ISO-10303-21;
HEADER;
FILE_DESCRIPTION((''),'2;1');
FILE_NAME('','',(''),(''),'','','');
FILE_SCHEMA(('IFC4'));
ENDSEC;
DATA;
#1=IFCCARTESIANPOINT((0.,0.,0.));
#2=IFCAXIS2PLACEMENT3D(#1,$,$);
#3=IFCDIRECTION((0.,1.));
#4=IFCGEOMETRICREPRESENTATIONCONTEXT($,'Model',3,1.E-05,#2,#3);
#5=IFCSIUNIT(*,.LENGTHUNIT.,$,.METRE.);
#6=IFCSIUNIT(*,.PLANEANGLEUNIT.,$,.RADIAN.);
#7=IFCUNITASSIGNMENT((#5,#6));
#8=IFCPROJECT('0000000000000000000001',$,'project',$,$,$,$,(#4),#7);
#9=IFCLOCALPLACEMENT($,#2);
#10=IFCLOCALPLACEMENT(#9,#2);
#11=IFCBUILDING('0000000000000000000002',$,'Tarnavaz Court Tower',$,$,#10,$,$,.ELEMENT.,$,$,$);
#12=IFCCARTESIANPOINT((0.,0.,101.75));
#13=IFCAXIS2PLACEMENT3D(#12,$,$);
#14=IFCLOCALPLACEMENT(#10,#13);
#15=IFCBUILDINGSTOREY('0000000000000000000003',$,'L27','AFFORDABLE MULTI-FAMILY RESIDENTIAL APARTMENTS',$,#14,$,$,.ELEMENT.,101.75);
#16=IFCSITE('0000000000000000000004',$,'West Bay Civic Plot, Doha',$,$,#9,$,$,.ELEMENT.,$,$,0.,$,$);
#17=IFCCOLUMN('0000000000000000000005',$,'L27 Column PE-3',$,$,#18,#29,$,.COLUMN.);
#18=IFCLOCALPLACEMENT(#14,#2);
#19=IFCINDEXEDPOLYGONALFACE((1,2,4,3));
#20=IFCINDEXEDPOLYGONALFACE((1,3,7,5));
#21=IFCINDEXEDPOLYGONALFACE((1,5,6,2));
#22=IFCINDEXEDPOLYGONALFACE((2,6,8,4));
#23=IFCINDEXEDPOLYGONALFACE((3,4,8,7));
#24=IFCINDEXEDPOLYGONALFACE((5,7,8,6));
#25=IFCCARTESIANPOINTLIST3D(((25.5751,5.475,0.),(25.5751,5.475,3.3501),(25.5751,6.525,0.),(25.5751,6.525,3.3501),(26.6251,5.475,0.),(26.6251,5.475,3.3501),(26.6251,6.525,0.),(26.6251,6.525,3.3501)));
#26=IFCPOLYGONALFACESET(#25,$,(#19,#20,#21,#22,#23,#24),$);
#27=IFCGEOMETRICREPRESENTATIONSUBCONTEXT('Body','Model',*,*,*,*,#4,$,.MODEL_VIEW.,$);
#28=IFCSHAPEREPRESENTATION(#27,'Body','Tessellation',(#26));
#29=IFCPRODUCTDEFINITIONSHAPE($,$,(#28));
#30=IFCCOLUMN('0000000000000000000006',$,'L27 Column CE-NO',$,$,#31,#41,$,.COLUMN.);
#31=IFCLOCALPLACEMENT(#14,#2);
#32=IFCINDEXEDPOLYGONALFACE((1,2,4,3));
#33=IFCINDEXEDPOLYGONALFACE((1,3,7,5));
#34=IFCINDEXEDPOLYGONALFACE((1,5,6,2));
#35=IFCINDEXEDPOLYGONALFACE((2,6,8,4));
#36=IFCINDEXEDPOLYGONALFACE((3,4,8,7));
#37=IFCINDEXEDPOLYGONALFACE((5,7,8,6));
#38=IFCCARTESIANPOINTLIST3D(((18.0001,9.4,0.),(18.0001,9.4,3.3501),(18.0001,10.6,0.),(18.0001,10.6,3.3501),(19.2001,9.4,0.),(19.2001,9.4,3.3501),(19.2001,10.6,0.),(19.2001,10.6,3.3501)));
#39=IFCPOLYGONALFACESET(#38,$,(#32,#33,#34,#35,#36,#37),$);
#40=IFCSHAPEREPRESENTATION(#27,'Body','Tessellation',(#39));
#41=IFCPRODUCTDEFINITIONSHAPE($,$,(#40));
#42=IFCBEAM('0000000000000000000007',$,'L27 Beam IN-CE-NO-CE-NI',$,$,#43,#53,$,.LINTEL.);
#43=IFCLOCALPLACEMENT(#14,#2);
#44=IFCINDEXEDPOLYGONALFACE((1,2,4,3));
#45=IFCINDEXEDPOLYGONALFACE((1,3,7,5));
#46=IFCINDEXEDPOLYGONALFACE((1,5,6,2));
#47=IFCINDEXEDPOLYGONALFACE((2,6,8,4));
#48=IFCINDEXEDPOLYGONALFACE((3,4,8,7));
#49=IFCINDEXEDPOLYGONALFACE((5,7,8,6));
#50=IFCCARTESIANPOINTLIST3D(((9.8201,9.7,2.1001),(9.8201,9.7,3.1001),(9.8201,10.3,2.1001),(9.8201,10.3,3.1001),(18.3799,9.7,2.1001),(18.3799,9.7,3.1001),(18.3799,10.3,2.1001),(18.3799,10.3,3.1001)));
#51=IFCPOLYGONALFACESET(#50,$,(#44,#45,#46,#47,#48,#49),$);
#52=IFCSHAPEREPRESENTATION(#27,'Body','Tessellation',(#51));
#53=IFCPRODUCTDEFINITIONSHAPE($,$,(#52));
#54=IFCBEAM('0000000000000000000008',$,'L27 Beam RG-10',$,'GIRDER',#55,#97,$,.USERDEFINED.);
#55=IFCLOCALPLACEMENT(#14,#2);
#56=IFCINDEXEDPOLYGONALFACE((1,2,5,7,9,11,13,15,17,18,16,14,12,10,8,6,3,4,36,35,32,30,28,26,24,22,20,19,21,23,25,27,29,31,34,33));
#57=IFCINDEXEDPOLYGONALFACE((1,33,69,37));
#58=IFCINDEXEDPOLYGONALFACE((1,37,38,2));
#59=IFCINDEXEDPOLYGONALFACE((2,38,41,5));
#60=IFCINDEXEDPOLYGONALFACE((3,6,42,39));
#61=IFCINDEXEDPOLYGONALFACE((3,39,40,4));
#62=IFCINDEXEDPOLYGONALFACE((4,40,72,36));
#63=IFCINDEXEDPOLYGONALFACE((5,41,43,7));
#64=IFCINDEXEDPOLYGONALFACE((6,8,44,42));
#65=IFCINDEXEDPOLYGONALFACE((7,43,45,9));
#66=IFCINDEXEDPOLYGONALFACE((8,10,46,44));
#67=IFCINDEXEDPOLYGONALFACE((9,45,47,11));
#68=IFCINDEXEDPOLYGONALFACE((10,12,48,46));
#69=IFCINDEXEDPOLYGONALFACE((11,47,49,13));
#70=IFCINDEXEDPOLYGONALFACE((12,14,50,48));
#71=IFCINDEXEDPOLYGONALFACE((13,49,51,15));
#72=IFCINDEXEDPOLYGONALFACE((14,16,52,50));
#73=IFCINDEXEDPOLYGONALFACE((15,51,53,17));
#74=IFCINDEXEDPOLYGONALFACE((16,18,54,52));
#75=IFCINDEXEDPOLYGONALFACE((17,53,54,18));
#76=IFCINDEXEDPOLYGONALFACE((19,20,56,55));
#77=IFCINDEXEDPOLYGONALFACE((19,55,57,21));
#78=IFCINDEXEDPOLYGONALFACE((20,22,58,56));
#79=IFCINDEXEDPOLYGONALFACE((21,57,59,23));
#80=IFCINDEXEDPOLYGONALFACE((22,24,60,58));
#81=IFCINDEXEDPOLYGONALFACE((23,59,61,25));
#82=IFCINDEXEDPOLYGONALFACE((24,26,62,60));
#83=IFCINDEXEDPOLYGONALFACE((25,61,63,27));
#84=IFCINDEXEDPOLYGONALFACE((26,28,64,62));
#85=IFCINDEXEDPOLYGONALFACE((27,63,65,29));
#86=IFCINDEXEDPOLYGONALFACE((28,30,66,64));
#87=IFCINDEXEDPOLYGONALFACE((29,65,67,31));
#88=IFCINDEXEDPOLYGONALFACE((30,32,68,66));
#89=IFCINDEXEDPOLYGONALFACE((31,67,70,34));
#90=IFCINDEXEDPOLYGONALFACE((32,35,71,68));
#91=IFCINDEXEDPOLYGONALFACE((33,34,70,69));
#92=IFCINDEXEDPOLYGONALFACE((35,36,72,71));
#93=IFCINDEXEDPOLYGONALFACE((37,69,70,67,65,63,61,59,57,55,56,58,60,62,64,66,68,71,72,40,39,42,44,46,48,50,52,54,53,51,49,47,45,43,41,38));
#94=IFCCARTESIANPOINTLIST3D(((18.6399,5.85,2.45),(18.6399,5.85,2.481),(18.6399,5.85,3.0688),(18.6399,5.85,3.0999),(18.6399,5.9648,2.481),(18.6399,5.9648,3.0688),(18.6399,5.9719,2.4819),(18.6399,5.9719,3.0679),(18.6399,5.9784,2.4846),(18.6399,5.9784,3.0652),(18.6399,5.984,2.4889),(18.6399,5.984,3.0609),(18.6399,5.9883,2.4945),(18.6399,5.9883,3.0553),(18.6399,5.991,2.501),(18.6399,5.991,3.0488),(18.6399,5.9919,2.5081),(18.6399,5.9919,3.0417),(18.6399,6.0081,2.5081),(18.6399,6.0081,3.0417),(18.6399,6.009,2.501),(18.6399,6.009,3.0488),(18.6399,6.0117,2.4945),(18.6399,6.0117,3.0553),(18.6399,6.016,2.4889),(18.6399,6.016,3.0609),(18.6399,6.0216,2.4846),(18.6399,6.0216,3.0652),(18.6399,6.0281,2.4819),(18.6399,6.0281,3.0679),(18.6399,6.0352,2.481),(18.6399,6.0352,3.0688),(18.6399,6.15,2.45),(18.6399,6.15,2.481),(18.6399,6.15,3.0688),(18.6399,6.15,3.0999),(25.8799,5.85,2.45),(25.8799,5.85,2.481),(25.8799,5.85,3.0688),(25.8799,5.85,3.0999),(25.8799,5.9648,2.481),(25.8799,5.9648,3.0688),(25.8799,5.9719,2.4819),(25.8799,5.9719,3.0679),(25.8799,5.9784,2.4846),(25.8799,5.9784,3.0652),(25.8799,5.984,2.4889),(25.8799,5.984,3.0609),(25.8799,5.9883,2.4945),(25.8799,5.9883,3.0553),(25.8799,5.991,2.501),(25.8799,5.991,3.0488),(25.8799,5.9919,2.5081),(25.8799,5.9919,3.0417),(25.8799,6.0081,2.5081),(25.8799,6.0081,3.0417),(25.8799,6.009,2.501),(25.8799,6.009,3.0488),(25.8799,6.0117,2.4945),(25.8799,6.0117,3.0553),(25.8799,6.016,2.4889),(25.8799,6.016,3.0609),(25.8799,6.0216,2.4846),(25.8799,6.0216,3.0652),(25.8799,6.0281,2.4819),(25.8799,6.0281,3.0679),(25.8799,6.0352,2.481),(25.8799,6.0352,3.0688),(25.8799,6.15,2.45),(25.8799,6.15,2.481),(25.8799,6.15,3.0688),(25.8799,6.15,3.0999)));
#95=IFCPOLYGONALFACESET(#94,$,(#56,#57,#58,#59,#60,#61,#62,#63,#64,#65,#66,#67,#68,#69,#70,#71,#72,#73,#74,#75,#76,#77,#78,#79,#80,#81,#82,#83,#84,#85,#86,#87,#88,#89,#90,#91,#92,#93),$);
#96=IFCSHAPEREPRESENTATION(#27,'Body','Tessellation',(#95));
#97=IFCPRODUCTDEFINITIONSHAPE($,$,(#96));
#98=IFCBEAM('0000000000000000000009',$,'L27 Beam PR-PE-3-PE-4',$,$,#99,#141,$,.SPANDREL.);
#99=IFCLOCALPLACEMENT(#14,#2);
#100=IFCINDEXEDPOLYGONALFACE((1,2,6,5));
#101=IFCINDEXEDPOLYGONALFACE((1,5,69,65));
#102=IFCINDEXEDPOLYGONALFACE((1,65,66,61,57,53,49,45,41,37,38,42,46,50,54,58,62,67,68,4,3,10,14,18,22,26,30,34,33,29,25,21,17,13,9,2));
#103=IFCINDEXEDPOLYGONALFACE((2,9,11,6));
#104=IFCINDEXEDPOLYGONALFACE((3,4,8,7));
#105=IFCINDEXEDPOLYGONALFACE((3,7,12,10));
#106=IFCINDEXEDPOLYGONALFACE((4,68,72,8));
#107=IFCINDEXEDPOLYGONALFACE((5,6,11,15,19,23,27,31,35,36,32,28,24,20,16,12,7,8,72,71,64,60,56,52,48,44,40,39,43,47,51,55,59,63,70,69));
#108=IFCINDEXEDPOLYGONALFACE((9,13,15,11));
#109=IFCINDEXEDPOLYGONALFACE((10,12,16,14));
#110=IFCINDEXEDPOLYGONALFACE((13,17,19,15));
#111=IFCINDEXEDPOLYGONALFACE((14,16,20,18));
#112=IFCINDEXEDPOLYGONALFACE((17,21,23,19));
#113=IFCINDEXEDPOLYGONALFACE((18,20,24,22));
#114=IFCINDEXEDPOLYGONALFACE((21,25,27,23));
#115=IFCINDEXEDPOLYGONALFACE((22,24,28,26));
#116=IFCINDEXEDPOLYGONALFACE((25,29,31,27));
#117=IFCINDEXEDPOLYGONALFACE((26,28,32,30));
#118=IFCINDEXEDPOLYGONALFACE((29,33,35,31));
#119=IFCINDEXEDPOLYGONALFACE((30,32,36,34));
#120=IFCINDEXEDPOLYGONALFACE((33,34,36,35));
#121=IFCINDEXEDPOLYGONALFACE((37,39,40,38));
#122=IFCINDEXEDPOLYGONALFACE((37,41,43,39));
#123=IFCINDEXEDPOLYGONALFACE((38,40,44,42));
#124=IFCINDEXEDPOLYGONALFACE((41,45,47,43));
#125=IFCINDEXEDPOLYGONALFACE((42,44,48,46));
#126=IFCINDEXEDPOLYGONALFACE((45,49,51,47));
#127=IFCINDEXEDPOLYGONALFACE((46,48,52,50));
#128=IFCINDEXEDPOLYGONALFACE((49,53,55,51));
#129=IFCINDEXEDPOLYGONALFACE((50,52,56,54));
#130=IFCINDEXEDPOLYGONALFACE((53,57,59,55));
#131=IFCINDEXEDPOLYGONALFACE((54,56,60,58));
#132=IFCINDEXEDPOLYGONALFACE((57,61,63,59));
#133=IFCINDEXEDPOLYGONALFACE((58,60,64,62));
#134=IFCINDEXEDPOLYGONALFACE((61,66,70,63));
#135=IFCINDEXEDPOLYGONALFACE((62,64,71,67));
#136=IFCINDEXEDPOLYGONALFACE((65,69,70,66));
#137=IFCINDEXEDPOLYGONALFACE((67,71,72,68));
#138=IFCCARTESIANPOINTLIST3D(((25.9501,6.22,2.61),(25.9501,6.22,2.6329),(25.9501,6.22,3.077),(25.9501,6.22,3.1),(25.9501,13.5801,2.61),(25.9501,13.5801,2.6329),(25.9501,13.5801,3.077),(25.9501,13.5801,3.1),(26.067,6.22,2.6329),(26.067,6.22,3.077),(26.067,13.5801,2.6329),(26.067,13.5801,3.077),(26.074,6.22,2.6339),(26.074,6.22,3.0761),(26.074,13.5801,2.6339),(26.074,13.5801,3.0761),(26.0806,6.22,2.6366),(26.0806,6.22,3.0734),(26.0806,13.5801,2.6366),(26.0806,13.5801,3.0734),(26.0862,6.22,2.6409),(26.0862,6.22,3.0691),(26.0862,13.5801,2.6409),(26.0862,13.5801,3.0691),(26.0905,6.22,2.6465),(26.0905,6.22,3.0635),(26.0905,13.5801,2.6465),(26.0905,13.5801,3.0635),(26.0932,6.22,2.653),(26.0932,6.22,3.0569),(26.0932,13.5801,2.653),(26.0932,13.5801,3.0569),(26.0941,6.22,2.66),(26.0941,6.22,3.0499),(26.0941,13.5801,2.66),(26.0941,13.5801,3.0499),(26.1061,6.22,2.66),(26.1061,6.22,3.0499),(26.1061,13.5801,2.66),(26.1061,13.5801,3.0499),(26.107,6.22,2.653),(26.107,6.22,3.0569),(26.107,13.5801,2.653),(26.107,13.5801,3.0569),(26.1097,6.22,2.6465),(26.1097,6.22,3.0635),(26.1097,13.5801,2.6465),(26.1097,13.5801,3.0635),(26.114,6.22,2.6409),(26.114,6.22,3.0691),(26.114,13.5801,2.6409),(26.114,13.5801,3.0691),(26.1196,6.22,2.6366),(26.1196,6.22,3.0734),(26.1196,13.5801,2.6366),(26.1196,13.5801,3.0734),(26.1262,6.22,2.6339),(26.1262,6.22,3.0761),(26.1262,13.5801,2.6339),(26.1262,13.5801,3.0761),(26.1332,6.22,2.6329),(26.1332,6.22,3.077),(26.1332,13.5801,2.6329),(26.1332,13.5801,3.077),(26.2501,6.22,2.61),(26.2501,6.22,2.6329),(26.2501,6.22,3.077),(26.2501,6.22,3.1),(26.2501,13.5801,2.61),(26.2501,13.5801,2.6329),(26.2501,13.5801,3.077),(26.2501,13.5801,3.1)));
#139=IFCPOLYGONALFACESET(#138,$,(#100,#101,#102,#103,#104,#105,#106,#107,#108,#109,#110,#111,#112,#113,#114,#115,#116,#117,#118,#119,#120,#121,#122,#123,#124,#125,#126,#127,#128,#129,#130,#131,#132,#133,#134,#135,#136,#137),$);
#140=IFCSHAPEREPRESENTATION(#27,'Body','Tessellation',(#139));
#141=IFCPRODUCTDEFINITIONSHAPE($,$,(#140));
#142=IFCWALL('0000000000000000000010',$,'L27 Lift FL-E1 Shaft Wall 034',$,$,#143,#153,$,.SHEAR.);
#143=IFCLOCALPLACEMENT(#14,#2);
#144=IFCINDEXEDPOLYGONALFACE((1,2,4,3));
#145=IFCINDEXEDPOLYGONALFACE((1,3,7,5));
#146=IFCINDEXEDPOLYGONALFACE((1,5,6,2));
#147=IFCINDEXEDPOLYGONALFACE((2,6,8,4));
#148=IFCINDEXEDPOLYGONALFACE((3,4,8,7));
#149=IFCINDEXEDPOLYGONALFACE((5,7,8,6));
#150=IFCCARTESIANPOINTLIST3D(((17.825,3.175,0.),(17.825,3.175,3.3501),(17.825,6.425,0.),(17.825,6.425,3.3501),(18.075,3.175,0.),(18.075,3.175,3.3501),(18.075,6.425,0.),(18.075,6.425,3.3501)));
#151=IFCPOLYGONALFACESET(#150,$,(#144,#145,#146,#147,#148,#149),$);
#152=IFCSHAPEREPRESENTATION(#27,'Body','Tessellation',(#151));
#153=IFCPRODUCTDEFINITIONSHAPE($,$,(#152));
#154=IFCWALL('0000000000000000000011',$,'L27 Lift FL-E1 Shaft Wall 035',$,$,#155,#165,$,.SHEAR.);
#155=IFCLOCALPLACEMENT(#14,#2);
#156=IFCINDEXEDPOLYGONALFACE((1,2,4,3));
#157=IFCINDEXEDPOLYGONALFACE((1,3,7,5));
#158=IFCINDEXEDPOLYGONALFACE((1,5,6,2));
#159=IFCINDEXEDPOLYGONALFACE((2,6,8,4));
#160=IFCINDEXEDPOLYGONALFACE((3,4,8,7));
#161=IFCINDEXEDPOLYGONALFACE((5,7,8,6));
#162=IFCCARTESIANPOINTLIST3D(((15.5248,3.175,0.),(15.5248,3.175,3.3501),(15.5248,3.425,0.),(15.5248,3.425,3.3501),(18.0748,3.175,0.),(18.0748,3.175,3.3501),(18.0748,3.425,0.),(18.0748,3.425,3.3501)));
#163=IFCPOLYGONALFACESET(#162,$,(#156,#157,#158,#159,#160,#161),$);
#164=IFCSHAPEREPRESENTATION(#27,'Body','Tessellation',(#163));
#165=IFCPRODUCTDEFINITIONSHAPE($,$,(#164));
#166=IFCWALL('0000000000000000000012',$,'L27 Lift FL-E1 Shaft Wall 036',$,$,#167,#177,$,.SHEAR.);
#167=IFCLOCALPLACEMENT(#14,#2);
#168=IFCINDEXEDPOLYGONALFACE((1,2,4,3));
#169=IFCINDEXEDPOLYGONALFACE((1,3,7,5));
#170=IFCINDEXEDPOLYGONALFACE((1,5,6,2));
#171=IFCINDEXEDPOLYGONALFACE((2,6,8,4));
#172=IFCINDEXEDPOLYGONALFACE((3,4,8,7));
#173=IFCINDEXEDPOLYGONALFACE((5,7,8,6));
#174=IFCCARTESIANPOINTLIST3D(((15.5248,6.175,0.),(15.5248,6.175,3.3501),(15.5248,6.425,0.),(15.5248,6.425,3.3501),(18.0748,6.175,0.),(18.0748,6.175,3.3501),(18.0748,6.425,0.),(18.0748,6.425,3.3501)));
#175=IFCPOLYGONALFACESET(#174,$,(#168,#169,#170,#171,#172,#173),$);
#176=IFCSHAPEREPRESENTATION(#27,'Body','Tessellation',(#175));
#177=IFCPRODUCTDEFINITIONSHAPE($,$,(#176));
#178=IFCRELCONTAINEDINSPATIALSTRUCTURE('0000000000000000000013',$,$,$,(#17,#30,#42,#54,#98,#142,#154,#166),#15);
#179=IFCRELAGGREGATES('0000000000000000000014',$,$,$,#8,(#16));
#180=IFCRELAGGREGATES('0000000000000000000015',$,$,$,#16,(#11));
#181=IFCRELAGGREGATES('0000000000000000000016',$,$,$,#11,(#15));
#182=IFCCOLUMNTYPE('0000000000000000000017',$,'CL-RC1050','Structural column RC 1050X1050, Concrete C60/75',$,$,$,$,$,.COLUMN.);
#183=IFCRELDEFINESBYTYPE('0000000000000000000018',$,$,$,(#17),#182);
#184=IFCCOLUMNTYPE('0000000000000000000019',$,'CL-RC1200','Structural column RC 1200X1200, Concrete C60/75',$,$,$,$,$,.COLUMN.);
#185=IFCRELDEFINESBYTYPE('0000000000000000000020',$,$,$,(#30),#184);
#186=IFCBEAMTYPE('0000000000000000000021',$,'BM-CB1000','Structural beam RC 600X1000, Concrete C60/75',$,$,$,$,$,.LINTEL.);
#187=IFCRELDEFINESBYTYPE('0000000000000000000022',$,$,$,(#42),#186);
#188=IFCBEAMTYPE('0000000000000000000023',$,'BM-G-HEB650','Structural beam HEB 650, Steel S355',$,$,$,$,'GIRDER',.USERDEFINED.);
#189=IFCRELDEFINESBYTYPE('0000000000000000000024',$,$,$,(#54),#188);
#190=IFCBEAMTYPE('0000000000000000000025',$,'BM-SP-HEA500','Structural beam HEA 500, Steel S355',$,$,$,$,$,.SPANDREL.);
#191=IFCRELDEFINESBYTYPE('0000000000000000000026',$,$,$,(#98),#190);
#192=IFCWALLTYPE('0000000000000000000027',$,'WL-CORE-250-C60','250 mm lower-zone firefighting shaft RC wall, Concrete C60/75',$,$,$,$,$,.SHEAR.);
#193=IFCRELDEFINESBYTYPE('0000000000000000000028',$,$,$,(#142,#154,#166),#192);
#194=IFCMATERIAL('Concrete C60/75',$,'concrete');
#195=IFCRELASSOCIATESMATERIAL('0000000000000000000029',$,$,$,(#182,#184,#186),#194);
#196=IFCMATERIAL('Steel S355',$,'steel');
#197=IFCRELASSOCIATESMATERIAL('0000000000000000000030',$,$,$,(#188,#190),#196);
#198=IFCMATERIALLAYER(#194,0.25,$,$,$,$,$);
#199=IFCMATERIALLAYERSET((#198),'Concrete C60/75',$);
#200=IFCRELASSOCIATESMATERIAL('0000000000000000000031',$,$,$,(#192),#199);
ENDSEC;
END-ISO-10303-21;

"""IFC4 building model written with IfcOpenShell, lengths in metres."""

from ifc_helpers import new_model, si_unit, direction, frame, frame_2d, origin, origin_2d, place, context, subcontext, project, spatial, rectangle, i_section, extrude, material, layer, layer_set, material_profile, profile_set, type_object, element, save


model = new_model("IFC4")

# Units and contexts
model_context = context("Model", 3, precision=1e-05, world=origin(), true_north=direction((0.0, 1.0)))
body_context = subcontext(model_context, "Body", "Model", "MODEL_VIEW")
ifc_project = project(units=[si_unit("LENGTHUNIT", "METRE"), si_unit("PLANEANGLEUNIT", "RADIAN")], contexts=[model_context])

# Site, building, storey
site_placement = place(None, origin())
site = spatial("IfcSite", under=ifc_project, at=site_placement, Name="West Bay Civic Plot, Doha", CompositionType="ELEMENT", RefElevation=0.0)
building_placement = place(site_placement, origin())
building = spatial("IfcBuilding", under=site, at=building_placement, Name="Tarnavaz Court Tower", CompositionType="ELEMENT")
storey_placement = place(building_placement, frame((0.0, 0.0, 101.75)))
storey = spatial("IfcBuildingStorey", under=building, at=storey_placement, Name="L27", Description="AFFORDABLE MULTI-FAMILY RESIDENTIAL APARTMENTS", CompositionType="ELEMENT", Elevation=101.75)

# Columns
ifc_material_1 = material(Name="Concrete C60/75", Category="concrete")
ifc_material_profile_1 = material_profile(ifc_material_1, rectangle(XDim=1.05, YDim=1.05, at=origin_2d()), Name="RC 1050X1050")
ifc_profile_set_1 = profile_set([ifc_material_profile_1], Name="Concrete C60/75")
column_type_1 = type_object("IfcColumnType", Name="CL-RC1050", Description="Structural column RC 1050X1050, Concrete C60/75", PredefinedType="COLUMN", material=ifc_profile_set_1)
column_1_placement = place(storey_placement, frame((26.1001, 6.0, 0.0), z_axis=(0.0, 0.0, 1.0), x_axis=(1.0, 0.0, 0.0)))
element("IfcColumn", 1, at=column_1_placement, inside=storey, type_object=column_type_1, Name="L27 Column PE-3", PredefinedType="COLUMN", context=body_context, shape_type="SweptSolid", body=[
    extrude(rectangle(XDim=1.05, YDim=1.05, at=origin_2d()), origin(), (0.0, 0.0, 1.0), 3.3501),
])
ifc_material_profile_2 = material_profile(ifc_material_1, rectangle(XDim=1.2, YDim=1.2, at=origin_2d()), Name="RC 1200X1200")
ifc_profile_set_2 = profile_set([ifc_material_profile_2], Name="Concrete C60/75")
column_type_2 = type_object("IfcColumnType", Name="CL-RC1200", Description="Structural column RC 1200X1200, Concrete C60/75", PredefinedType="COLUMN", material=ifc_profile_set_2)
column_2_placement = place(storey_placement, frame((18.6001, 10.0, 0.0), z_axis=(0.0, 0.0, 1.0), x_axis=(1.0, 0.0, 0.0)))
element("IfcColumn", 2, at=column_2_placement, inside=storey, type_object=column_type_2, Name="L27 Column CE-NO", PredefinedType="COLUMN", context=body_context, shape_type="SweptSolid", body=[
    extrude(rectangle(XDim=1.2, YDim=1.2, at=origin_2d()), origin(), (0.0, 0.0, 1.0), 3.3501),
])

# Beams
ifc_material_profile_3 = material_profile(ifc_material_1, rectangle(XDim=0.6001, YDim=1.0, at=origin_2d()), Name="RC 600X1000")
ifc_profile_set_3 = profile_set([ifc_material_profile_3], Name="Concrete C60/75")
beam_type_1 = type_object("IfcBeamType", Name="BM-CB1000", Description="Structural beam RC 600X1000, Concrete C60/75", PredefinedType="LINTEL", material=ifc_profile_set_3)
beam_1_placement = place(storey_placement, frame((18.3799, 10.0, 2.6001), z_axis=(-1.0, 0.0, 0.0), x_axis=(0.0, -1.0, 0.0)))
element("IfcBeam", 3, at=beam_1_placement, inside=storey, type_object=beam_type_1, Name="L27 Beam IN-CE-NO-CE-NI", PredefinedType="LINTEL", context=body_context, shape_type="SweptSolid", body=[
    extrude(rectangle(XDim=0.6001, YDim=1.0, at=origin_2d()), origin(), (0.0, 0.0, 1.0), 8.5598),
])
ifc_material_2 = material(Name="Steel S355", Category="steel")
ifc_material_profile_4 = material_profile(ifc_material_2, i_section(OverallWidth=0.3, OverallDepth=0.6499, WebThickness=0.0161, FlangeThickness=0.031, FilletRadius=0.0271, at=origin_2d()), Name="HEB 650")
ifc_profile_set_4 = profile_set([ifc_material_profile_4], Name="Steel S355")
beam_type_2 = type_object("IfcBeamType", Name="BM-G-HEB650", Description="Structural beam HEB 650, Steel S355", ElementType="GIRDER", PredefinedType="USERDEFINED", material=ifc_profile_set_4)
beam_2_placement = place(storey_placement, frame((18.6399, 6.0, 2.7749), z_axis=(1.0, 0.0, 0.0), x_axis=(0.0, 1.0, 0.0)))
element("IfcBeam", 4, at=beam_2_placement, inside=storey, type_object=beam_type_2, Name="L27 Beam RG-10", ObjectType="GIRDER", PredefinedType="USERDEFINED", context=body_context, shape_type="SweptSolid", body=[
    extrude(i_section(OverallWidth=0.3, OverallDepth=0.6499, WebThickness=0.0161, FlangeThickness=0.031, FilletRadius=0.0271, at=origin_2d()), origin(), (0.0, 0.0, 1.0), 7.24),
])
ifc_material_profile_5 = material_profile(ifc_material_2, i_section(OverallWidth=0.3, OverallDepth=0.49, WebThickness=0.012, FlangeThickness=0.0229, FilletRadius=0.0271, at=origin_2d()), Name="HEA 500")
ifc_profile_set_5 = profile_set([ifc_material_profile_5], Name="Steel S355")
beam_type_3 = type_object("IfcBeamType", Name="BM-SP-HEA500", Description="Structural beam HEA 500, Steel S355", PredefinedType="SPANDREL", material=ifc_profile_set_5)
beam_3_placement = place(storey_placement, frame((26.1001, 6.22, 2.855), z_axis=(0.0, 1.0, 0.0), x_axis=(-1.0, 0.0, 0.0)))
element("IfcBeam", 5, at=beam_3_placement, inside=storey, type_object=beam_type_3, Name="L27 Beam PR-PE-3-PE-4", PredefinedType="SPANDREL", context=body_context, shape_type="SweptSolid", body=[
    extrude(i_section(OverallWidth=0.3, OverallDepth=0.49, WebThickness=0.012, FlangeThickness=0.0229, FilletRadius=0.0271, at=origin_2d()), origin(), (0.0, 0.0, 1.0), 7.3601),
])

# Shared definitions
ifc_layer_1 = layer(ifc_material_1, 0.25)
ifc_layer_set_1 = layer_set([ifc_layer_1], Name="Concrete C60/75")
wall_type_1 = type_object("IfcWallType", Name="WL-CORE-250-C60", Description="250 mm lower-zone firefighting shaft RC wall, Concrete C60/75", PredefinedType="SHEAR", material=ifc_layer_set_1)

# Walls
wall_1_placement = place(storey_placement, frame((17.95, 3.175, 0.0), z_axis=(0.0, 0.0, 1.0), x_axis=(0.0, 1.0, 0.0)))
element("IfcWall", 6, at=wall_1_placement, inside=storey, type_object=wall_type_1, Name="L27 Lift FL-E1 Shaft Wall 034", PredefinedType="SHEAR", context=body_context, shape_type="SweptSolid", body=[
    extrude(rectangle(XDim=3.25, YDim=0.25, at=frame_2d((1.625, 0.0))), origin(), (0.0, 0.0, 1.0), 3.3501),
])
for number, where, z_axis, x_axis, name in (
    (7, (15.5249, 3.3, 0.0), (0.0, 0.0, 1.0), (1.0, 0.0, 0.0), "L27 Lift FL-E1 Shaft Wall 035"),
    (8, (15.5249, 6.3, 0.0), (0.0, 0.0, 1.0), (1.0, 0.0, 0.0), "L27 Lift FL-E1 Shaft Wall 036"),
):
    element("IfcWall", number, at=place(storey_placement, frame(where, z_axis=z_axis, x_axis=x_axis)), inside=storey, type_object=wall_type_1, Name=name, PredefinedType="SHEAR", context=body_context, shape_type="SweptSolid", body=[
        extrude(rectangle(XDim=2.55, YDim=0.25, at=frame_2d((1.2749, 0.0))), origin(), (0.0, 0.0, 1.0), 3.3501),
    ])

save(model, "model.ifc")
